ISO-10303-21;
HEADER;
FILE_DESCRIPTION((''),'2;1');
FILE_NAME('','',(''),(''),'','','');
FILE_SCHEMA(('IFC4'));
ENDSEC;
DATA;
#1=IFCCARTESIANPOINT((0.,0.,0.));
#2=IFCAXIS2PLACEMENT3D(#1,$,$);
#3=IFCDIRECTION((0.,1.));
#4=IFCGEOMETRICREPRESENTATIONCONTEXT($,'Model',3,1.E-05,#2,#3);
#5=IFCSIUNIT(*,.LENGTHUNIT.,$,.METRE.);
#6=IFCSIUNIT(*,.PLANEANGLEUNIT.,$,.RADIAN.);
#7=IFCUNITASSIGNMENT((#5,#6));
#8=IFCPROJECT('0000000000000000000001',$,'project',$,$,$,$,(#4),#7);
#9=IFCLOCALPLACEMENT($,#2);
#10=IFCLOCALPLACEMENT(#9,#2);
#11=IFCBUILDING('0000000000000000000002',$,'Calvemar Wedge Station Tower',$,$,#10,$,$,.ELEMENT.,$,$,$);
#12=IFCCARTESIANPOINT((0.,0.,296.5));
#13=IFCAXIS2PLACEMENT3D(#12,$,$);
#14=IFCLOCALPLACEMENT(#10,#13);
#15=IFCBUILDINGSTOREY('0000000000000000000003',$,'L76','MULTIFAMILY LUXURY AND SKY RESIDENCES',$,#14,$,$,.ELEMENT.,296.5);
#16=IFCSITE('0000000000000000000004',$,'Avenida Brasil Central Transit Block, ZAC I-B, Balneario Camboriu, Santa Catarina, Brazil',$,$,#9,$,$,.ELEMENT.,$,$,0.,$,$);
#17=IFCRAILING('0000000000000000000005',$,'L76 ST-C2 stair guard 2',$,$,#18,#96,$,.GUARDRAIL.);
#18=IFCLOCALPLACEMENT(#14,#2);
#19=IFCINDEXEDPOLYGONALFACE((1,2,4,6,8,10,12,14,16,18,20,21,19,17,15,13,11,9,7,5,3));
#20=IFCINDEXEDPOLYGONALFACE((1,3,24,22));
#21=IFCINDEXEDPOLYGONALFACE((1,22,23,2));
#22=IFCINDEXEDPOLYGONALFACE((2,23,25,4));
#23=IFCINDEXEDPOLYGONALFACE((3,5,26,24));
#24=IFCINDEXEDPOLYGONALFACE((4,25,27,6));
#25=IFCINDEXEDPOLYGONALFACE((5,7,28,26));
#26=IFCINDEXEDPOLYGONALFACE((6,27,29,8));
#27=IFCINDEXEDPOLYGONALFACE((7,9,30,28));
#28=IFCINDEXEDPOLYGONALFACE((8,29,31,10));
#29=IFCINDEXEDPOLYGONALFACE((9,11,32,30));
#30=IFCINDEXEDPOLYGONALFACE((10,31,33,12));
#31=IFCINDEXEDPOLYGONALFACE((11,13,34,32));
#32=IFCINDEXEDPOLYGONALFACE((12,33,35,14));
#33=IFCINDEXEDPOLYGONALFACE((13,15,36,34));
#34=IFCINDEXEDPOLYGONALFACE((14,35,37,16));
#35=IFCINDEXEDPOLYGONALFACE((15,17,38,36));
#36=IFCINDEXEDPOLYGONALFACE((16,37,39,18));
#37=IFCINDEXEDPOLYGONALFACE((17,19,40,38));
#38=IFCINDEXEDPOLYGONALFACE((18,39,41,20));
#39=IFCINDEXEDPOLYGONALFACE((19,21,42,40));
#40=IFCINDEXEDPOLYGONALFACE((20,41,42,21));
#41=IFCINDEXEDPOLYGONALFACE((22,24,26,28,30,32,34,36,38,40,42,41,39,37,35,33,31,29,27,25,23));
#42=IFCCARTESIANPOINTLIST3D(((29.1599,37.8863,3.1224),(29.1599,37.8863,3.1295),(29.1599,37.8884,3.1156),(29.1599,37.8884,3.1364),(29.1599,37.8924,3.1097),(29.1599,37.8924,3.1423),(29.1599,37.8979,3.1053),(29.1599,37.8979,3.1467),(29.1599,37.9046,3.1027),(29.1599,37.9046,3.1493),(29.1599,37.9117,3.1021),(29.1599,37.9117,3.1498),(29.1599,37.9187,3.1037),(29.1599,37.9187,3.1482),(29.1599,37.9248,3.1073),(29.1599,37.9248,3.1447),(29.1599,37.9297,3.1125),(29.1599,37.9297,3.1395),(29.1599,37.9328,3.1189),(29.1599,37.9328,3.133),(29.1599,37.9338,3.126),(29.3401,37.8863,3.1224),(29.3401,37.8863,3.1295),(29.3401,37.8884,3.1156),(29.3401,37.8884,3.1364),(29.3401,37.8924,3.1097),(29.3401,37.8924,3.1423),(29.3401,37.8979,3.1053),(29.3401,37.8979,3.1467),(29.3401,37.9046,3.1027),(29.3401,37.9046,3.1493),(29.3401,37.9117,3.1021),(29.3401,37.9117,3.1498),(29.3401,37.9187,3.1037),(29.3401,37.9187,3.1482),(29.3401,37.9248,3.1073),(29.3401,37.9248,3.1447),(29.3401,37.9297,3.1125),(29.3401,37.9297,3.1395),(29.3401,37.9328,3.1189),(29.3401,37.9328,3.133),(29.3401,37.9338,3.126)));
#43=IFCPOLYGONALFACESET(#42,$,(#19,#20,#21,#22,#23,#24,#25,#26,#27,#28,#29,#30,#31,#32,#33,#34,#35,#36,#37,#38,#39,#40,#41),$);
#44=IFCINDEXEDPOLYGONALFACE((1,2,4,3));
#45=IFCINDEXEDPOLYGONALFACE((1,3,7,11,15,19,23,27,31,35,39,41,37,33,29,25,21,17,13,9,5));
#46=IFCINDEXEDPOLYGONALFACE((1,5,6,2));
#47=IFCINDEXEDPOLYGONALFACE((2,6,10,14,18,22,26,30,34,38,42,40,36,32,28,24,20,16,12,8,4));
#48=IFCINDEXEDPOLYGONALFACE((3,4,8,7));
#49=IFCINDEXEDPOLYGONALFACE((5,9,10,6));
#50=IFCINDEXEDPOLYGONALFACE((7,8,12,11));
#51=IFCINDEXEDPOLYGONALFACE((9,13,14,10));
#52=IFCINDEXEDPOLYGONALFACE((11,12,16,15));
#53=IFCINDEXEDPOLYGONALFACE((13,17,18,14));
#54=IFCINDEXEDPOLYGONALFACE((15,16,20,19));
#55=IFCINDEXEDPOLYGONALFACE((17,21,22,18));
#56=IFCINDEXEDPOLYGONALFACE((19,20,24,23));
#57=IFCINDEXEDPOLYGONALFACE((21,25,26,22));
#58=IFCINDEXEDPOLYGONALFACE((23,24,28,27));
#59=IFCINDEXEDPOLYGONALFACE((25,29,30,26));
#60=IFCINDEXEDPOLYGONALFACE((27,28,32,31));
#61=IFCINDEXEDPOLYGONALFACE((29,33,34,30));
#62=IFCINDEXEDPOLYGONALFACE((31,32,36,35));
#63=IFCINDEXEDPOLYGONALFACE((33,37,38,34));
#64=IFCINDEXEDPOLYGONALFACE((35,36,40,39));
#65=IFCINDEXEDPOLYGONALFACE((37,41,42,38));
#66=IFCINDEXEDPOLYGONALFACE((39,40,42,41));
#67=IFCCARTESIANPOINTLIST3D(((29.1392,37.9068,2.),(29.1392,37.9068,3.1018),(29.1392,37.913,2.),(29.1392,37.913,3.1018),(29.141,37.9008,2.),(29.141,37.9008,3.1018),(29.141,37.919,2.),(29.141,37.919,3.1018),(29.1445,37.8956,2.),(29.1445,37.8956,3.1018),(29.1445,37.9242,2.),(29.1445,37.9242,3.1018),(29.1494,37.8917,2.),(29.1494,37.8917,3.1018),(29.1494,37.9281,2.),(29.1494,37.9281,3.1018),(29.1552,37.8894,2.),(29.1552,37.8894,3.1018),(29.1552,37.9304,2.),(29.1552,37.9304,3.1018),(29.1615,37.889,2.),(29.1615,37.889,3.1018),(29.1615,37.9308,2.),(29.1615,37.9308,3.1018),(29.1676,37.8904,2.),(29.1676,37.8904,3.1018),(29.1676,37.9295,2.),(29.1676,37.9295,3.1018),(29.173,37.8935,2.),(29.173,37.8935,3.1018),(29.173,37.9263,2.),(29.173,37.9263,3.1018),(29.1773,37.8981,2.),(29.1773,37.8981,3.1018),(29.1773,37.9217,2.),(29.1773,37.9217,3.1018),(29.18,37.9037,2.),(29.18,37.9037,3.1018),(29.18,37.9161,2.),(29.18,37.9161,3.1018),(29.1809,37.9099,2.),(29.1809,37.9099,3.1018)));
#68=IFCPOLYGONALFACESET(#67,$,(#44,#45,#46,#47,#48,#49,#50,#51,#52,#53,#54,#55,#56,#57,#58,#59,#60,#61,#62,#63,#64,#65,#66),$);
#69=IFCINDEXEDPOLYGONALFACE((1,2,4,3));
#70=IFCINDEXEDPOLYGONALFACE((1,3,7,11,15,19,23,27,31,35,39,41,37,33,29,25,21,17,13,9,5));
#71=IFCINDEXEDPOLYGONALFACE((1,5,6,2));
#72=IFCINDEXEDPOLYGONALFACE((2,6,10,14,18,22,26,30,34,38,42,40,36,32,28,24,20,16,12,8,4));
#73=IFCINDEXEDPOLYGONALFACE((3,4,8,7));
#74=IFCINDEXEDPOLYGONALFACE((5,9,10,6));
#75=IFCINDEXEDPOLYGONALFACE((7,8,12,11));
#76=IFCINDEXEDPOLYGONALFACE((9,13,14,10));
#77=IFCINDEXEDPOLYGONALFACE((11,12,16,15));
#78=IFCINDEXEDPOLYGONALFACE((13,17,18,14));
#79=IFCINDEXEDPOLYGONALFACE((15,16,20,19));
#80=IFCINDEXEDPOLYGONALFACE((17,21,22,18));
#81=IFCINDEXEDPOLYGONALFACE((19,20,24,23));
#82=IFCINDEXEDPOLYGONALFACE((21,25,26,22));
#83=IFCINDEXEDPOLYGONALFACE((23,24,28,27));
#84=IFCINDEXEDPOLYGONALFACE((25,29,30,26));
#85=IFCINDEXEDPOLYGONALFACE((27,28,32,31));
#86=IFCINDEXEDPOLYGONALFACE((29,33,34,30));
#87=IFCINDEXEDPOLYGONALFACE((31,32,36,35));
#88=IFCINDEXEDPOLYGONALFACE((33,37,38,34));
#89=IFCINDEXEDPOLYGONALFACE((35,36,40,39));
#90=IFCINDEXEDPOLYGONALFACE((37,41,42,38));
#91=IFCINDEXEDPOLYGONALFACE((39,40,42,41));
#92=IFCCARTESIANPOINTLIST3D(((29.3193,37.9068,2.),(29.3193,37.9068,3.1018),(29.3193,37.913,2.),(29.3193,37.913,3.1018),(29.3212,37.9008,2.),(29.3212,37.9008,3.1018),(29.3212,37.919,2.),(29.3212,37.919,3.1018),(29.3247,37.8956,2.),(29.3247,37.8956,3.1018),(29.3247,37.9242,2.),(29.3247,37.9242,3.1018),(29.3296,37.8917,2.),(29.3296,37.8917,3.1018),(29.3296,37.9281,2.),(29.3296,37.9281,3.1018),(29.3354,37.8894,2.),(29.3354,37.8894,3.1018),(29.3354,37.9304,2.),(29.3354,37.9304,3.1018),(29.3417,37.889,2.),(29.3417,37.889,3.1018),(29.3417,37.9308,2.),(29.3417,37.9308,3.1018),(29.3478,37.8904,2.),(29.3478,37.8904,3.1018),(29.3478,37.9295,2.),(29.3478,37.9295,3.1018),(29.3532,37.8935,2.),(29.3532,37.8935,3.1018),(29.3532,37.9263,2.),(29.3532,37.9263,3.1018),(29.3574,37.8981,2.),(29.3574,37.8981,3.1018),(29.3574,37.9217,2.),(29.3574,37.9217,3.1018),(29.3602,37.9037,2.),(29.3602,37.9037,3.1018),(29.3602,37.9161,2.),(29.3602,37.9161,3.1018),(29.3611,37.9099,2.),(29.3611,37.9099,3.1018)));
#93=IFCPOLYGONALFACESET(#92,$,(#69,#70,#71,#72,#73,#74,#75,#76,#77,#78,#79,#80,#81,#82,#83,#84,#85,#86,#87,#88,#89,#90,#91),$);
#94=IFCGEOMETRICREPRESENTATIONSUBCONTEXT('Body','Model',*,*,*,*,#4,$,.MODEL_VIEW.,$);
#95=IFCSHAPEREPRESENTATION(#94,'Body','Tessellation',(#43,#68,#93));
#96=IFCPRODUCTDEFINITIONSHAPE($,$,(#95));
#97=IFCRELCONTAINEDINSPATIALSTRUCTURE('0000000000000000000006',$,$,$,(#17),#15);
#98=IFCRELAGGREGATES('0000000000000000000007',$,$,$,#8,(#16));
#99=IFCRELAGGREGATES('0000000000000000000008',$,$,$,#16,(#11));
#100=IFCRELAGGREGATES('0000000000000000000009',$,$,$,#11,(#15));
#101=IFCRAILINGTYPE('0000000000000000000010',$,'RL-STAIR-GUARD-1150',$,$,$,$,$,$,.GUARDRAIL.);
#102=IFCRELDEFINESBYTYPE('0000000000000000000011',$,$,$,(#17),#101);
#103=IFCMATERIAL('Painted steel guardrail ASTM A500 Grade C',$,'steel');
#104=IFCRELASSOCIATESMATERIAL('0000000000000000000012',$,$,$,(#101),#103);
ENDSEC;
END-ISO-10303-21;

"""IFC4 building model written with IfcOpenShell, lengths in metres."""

from ifc_helpers import new_model, si_unit, direction, frame, origin, origin_2d, place, context, subcontext, project, spatial, circle, extrude, material, type_object, element, save


model = new_model("IFC4")

# Units and contexts
model_context = context("Model", 3, precision=1e-05, world=origin(), true_north=direction((0.0, 1.0)))
body_context = subcontext(model_context, "Body", "Model", "MODEL_VIEW")
ifc_project = project(units=[si_unit("LENGTHUNIT", "METRE"), si_unit("PLANEANGLEUNIT", "RADIAN")], contexts=[model_context])

# Site, building, storey
site_placement = place(None, origin())
site = spatial("IfcSite", under=ifc_project, at=site_placement, Name="Avenida Brasil Central Transit Block, ZAC I-B, Balneario Camboriu, Santa Catarina, Brazil", CompositionType="ELEMENT", RefElevation=0.0)
building_placement = place(site_placement, origin())
building = spatial("IfcBuilding", under=site, at=building_placement, Name="Calvemar Wedge Station Tower", CompositionType="ELEMENT")
storey_placement = place(building_placement, frame((0.0, 0.0, 296.5)))
storey = spatial("IfcBuildingStorey", under=building, at=storey_placement, Name="L76", Description="MULTIFAMILY LUXURY AND SKY RESIDENCES", CompositionType="ELEMENT", Elevation=296.5)

# Railing
ifc_material_1 = material(Name="Painted steel guardrail ASTM A500 Grade C", Category="steel")
railing_type_1 = type_object("IfcRailingType", Name="RL-STAIR-GUARD-1150", PredefinedType="GUARDRAIL", material=ifc_material_1)
railing_1_placement = place(storey_placement, frame((29.1599, 37.9099, 2.0)))
element("IfcRailing", 1, at=railing_1_placement, inside=storey, type_object=railing_type_1, Name="L76 ST-C2 stair guard 2", PredefinedType="GUARDRAIL", context=body_context, shape_type="SweptSolid", body=[
    extrude(circle(Radius=0.0239, at=origin_2d()), frame((0.0, 0.0, 1.126), z_axis=(1.0, 0.0, 0.0), x_axis=(0.0, 1.0, 0.0)), (0.0, 0.0, 1.0), 0.1802),
    extrude(circle(Radius=0.021, at=origin_2d()), origin(), (0.0, 0.0, 1.0), 1.1018),
    extrude(circle(Radius=0.021, at=origin_2d()), frame((0.1802, 0.0, 0.0)), (0.0, 0.0, 1.0), 1.1018),
])

save(model, "model.ifc")
